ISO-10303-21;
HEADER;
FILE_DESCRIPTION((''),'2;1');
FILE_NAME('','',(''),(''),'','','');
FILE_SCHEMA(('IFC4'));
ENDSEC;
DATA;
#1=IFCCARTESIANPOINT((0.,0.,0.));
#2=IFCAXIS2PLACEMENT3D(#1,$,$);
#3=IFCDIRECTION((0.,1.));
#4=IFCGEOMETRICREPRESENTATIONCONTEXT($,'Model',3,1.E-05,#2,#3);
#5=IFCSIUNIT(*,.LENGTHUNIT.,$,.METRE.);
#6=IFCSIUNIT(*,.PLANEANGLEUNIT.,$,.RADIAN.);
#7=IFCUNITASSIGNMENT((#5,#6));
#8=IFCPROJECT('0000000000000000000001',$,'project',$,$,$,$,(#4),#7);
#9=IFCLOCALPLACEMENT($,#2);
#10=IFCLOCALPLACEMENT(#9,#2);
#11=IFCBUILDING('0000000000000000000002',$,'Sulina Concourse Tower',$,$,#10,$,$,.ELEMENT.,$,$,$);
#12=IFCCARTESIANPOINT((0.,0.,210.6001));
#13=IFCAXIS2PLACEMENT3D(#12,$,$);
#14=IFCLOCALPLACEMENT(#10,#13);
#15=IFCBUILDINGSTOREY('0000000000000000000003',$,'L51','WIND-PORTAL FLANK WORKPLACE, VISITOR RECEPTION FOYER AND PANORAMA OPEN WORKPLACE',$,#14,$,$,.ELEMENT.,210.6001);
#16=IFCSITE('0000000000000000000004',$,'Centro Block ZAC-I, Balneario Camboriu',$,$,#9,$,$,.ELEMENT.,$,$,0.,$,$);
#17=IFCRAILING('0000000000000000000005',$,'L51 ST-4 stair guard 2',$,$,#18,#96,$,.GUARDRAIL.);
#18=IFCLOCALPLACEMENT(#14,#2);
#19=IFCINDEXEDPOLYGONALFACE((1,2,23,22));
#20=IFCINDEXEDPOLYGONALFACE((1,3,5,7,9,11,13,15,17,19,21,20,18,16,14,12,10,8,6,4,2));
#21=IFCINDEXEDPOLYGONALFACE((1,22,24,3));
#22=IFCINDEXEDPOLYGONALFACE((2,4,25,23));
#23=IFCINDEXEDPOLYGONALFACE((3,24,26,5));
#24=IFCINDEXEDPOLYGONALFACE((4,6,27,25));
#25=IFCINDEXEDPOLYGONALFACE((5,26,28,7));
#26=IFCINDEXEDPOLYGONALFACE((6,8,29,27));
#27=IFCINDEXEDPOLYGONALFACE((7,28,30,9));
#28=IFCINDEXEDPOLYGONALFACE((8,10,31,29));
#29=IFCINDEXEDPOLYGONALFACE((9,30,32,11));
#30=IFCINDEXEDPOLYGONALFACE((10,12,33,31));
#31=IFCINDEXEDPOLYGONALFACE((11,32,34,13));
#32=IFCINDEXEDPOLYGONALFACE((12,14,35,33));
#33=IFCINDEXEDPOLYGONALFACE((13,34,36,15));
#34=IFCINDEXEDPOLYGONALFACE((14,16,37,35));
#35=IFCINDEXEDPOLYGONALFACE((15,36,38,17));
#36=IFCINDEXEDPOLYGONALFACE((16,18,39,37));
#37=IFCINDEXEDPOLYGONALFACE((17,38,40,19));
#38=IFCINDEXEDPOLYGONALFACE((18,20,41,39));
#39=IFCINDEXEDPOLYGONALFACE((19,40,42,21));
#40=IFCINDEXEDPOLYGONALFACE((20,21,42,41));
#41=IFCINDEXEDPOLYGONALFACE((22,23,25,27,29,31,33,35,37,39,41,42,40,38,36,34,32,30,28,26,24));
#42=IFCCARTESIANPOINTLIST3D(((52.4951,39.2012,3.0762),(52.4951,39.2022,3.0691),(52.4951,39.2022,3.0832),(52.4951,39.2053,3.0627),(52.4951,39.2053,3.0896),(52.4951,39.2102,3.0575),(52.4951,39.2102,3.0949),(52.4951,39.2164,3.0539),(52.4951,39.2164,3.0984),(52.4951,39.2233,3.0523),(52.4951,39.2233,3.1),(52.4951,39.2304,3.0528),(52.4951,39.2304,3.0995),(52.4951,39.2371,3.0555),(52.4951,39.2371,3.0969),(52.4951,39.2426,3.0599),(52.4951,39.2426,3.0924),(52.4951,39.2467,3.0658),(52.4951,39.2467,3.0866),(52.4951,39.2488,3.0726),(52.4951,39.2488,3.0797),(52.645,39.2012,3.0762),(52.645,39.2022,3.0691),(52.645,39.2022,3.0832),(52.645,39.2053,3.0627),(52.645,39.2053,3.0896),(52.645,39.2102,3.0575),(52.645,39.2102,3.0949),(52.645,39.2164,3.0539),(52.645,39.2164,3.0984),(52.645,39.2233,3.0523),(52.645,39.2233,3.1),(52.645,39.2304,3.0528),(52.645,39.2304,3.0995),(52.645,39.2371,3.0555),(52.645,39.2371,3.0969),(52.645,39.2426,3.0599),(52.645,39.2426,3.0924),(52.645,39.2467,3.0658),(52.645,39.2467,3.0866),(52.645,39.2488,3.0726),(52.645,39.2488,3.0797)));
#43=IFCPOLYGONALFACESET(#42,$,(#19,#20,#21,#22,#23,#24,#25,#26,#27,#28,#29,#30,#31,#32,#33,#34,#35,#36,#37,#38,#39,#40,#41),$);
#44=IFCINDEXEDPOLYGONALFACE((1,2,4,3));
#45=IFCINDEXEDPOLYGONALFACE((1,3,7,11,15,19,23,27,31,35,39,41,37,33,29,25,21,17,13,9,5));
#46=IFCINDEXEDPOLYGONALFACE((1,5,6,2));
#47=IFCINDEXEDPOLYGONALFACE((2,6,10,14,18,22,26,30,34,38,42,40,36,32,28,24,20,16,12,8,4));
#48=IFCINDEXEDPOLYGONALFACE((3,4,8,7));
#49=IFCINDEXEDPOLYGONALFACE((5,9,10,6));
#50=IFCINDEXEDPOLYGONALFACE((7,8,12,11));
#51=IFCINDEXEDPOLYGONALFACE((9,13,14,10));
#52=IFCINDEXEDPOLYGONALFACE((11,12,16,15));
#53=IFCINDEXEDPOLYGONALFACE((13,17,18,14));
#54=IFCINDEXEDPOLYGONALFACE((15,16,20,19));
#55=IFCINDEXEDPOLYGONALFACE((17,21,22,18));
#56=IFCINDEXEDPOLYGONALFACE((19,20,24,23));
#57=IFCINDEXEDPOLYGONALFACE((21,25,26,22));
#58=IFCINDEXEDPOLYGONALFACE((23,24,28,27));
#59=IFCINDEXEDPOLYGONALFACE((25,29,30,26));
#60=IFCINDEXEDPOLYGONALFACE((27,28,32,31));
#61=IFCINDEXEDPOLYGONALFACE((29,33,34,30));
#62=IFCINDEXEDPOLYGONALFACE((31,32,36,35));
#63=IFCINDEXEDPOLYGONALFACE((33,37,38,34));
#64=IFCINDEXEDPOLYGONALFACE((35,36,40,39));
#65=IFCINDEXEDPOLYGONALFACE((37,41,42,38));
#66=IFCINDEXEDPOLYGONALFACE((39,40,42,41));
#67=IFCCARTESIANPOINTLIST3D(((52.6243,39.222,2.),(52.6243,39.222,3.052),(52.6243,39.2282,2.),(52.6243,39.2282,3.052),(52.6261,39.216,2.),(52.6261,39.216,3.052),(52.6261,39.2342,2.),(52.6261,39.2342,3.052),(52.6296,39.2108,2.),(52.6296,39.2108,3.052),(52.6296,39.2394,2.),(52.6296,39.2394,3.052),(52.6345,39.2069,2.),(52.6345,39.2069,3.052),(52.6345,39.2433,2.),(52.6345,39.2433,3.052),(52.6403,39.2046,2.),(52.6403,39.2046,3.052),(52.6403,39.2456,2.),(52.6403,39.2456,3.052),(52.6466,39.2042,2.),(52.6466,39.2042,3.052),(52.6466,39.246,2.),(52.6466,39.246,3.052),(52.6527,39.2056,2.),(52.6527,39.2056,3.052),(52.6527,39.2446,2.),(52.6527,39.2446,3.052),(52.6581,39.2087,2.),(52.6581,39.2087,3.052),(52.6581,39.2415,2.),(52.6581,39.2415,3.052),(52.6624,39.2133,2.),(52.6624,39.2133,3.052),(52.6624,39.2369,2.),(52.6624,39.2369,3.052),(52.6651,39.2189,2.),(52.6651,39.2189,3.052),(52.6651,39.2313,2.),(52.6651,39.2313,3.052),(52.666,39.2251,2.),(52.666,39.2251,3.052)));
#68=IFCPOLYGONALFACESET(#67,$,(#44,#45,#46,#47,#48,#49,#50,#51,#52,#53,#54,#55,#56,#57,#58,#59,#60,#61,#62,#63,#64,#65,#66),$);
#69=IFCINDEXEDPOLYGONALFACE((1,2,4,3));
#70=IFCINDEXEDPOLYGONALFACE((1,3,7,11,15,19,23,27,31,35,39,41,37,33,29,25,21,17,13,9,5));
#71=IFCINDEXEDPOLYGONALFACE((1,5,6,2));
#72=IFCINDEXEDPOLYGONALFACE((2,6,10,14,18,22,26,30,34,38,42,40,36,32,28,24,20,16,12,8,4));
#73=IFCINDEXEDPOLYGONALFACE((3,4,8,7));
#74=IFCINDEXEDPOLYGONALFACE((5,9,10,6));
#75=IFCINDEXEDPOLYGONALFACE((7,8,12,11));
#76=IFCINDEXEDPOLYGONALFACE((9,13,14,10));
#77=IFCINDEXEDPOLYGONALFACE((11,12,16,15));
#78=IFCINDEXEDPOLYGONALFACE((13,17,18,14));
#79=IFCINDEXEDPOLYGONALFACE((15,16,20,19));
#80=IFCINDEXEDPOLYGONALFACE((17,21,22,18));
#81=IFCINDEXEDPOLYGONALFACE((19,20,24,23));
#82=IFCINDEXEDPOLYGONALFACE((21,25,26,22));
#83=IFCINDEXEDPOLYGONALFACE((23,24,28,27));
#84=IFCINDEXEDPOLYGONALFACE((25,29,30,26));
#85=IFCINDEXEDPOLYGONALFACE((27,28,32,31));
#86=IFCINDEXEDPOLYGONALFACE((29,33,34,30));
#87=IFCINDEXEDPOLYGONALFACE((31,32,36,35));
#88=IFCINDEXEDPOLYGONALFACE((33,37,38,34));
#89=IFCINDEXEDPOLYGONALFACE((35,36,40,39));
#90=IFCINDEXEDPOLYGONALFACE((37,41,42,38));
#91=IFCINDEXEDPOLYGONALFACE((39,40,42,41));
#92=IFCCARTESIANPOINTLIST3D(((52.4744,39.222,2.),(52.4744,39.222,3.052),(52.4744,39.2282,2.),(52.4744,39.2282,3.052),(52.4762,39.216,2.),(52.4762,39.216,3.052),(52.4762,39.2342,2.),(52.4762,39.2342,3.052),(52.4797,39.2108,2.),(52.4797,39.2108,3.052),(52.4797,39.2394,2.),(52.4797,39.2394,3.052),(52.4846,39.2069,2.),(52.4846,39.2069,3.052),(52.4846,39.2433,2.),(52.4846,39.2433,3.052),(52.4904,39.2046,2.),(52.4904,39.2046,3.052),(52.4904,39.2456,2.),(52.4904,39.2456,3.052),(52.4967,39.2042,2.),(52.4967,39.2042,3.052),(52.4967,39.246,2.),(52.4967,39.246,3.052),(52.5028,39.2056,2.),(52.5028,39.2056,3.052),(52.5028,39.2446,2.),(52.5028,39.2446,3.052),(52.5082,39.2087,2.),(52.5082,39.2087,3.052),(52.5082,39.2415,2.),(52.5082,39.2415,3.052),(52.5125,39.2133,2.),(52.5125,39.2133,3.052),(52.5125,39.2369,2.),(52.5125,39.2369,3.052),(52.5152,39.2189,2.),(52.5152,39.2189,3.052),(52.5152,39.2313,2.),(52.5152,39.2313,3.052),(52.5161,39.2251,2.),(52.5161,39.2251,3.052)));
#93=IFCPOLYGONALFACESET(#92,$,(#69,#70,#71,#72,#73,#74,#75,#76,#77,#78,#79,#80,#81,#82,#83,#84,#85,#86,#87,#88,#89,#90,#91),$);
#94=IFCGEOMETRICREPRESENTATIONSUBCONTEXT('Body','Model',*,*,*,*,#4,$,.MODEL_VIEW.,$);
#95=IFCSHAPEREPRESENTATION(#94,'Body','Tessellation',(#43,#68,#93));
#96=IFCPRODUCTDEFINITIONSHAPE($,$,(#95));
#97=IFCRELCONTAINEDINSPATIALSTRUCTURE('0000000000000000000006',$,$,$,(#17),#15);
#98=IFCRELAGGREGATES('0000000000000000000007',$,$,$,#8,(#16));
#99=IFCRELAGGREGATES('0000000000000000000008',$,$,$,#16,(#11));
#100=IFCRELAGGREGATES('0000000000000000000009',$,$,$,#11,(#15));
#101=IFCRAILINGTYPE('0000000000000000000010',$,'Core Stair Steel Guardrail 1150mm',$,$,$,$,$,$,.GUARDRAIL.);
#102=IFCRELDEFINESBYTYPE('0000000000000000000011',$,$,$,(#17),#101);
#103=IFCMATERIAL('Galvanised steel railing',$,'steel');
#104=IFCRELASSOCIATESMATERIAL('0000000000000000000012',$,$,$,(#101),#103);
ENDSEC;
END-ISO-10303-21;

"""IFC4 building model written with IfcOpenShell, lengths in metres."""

from ifc_helpers import new_model, si_unit, direction, frame, origin, origin_2d, place, context, subcontext, project, spatial, circle, extrude, material, type_object, element, save


model = new_model("IFC4")

# Units and contexts
model_context = context("Model", 3, precision=1e-05, world=origin(), true_north=direction((0.0, 1.0)))
body_context = subcontext(model_context, "Body", "Model", "MODEL_VIEW")
ifc_project = project(units=[si_unit("LENGTHUNIT", "METRE"), si_unit("PLANEANGLEUNIT", "RADIAN")], contexts=[model_context])

# Site, building, storey
site_placement = place(None, origin())
site = spatial("IfcSite", under=ifc_project, at=site_placement, Name="Centro Block ZAC-I, Balneario Camboriu", CompositionType="ELEMENT", RefElevation=0.0)
building_placement = place(site_placement, origin())
building = spatial("IfcBuilding", under=site, at=building_placement, Name="Sulina Concourse Tower", CompositionType="ELEMENT")
storey_placement = place(building_placement, frame((0.0, 0.0, 210.6001)))
storey = spatial("IfcBuildingStorey", under=building, at=storey_placement, Name="L51", Description="WIND-PORTAL FLANK WORKPLACE, VISITOR RECEPTION FOYER AND PANORAMA OPEN WORKPLACE", CompositionType="ELEMENT", Elevation=210.6001)

# Railing
ifc_material_1 = material(Name="Galvanised steel railing", Category="steel")
railing_type_1 = type_object("IfcRailingType", Name="Core Stair Steel Guardrail 1150mm", PredefinedType="GUARDRAIL", material=ifc_material_1)
railing_1_placement = place(storey_placement, frame((52.645, 39.2251, 2.0)))
element("IfcRailing", 1, at=railing_1_placement, inside=storey, type_object=railing_type_1, Name="L51 ST-4 stair guard 2", PredefinedType="GUARDRAIL", context=body_context, shape_type="SweptSolid", body=[
    extrude(circle(Radius=0.0239, at=origin_2d()), frame((0.0, 0.0, 1.0762), z_axis=(-1.0, 0.0, 0.0), x_axis=(0.0, -1.0, 0.0)), (0.0, 0.0, 1.0), 0.1499),
    extrude(circle(Radius=0.021, at=origin_2d()), origin(), (0.0, 0.0, 1.0), 1.052),
    extrude(circle(Radius=0.021, at=origin_2d()), frame((-0.1499, 0.0, 0.0)), (0.0, 0.0, 1.0), 1.052),
])

save(model, "model.ifc")
